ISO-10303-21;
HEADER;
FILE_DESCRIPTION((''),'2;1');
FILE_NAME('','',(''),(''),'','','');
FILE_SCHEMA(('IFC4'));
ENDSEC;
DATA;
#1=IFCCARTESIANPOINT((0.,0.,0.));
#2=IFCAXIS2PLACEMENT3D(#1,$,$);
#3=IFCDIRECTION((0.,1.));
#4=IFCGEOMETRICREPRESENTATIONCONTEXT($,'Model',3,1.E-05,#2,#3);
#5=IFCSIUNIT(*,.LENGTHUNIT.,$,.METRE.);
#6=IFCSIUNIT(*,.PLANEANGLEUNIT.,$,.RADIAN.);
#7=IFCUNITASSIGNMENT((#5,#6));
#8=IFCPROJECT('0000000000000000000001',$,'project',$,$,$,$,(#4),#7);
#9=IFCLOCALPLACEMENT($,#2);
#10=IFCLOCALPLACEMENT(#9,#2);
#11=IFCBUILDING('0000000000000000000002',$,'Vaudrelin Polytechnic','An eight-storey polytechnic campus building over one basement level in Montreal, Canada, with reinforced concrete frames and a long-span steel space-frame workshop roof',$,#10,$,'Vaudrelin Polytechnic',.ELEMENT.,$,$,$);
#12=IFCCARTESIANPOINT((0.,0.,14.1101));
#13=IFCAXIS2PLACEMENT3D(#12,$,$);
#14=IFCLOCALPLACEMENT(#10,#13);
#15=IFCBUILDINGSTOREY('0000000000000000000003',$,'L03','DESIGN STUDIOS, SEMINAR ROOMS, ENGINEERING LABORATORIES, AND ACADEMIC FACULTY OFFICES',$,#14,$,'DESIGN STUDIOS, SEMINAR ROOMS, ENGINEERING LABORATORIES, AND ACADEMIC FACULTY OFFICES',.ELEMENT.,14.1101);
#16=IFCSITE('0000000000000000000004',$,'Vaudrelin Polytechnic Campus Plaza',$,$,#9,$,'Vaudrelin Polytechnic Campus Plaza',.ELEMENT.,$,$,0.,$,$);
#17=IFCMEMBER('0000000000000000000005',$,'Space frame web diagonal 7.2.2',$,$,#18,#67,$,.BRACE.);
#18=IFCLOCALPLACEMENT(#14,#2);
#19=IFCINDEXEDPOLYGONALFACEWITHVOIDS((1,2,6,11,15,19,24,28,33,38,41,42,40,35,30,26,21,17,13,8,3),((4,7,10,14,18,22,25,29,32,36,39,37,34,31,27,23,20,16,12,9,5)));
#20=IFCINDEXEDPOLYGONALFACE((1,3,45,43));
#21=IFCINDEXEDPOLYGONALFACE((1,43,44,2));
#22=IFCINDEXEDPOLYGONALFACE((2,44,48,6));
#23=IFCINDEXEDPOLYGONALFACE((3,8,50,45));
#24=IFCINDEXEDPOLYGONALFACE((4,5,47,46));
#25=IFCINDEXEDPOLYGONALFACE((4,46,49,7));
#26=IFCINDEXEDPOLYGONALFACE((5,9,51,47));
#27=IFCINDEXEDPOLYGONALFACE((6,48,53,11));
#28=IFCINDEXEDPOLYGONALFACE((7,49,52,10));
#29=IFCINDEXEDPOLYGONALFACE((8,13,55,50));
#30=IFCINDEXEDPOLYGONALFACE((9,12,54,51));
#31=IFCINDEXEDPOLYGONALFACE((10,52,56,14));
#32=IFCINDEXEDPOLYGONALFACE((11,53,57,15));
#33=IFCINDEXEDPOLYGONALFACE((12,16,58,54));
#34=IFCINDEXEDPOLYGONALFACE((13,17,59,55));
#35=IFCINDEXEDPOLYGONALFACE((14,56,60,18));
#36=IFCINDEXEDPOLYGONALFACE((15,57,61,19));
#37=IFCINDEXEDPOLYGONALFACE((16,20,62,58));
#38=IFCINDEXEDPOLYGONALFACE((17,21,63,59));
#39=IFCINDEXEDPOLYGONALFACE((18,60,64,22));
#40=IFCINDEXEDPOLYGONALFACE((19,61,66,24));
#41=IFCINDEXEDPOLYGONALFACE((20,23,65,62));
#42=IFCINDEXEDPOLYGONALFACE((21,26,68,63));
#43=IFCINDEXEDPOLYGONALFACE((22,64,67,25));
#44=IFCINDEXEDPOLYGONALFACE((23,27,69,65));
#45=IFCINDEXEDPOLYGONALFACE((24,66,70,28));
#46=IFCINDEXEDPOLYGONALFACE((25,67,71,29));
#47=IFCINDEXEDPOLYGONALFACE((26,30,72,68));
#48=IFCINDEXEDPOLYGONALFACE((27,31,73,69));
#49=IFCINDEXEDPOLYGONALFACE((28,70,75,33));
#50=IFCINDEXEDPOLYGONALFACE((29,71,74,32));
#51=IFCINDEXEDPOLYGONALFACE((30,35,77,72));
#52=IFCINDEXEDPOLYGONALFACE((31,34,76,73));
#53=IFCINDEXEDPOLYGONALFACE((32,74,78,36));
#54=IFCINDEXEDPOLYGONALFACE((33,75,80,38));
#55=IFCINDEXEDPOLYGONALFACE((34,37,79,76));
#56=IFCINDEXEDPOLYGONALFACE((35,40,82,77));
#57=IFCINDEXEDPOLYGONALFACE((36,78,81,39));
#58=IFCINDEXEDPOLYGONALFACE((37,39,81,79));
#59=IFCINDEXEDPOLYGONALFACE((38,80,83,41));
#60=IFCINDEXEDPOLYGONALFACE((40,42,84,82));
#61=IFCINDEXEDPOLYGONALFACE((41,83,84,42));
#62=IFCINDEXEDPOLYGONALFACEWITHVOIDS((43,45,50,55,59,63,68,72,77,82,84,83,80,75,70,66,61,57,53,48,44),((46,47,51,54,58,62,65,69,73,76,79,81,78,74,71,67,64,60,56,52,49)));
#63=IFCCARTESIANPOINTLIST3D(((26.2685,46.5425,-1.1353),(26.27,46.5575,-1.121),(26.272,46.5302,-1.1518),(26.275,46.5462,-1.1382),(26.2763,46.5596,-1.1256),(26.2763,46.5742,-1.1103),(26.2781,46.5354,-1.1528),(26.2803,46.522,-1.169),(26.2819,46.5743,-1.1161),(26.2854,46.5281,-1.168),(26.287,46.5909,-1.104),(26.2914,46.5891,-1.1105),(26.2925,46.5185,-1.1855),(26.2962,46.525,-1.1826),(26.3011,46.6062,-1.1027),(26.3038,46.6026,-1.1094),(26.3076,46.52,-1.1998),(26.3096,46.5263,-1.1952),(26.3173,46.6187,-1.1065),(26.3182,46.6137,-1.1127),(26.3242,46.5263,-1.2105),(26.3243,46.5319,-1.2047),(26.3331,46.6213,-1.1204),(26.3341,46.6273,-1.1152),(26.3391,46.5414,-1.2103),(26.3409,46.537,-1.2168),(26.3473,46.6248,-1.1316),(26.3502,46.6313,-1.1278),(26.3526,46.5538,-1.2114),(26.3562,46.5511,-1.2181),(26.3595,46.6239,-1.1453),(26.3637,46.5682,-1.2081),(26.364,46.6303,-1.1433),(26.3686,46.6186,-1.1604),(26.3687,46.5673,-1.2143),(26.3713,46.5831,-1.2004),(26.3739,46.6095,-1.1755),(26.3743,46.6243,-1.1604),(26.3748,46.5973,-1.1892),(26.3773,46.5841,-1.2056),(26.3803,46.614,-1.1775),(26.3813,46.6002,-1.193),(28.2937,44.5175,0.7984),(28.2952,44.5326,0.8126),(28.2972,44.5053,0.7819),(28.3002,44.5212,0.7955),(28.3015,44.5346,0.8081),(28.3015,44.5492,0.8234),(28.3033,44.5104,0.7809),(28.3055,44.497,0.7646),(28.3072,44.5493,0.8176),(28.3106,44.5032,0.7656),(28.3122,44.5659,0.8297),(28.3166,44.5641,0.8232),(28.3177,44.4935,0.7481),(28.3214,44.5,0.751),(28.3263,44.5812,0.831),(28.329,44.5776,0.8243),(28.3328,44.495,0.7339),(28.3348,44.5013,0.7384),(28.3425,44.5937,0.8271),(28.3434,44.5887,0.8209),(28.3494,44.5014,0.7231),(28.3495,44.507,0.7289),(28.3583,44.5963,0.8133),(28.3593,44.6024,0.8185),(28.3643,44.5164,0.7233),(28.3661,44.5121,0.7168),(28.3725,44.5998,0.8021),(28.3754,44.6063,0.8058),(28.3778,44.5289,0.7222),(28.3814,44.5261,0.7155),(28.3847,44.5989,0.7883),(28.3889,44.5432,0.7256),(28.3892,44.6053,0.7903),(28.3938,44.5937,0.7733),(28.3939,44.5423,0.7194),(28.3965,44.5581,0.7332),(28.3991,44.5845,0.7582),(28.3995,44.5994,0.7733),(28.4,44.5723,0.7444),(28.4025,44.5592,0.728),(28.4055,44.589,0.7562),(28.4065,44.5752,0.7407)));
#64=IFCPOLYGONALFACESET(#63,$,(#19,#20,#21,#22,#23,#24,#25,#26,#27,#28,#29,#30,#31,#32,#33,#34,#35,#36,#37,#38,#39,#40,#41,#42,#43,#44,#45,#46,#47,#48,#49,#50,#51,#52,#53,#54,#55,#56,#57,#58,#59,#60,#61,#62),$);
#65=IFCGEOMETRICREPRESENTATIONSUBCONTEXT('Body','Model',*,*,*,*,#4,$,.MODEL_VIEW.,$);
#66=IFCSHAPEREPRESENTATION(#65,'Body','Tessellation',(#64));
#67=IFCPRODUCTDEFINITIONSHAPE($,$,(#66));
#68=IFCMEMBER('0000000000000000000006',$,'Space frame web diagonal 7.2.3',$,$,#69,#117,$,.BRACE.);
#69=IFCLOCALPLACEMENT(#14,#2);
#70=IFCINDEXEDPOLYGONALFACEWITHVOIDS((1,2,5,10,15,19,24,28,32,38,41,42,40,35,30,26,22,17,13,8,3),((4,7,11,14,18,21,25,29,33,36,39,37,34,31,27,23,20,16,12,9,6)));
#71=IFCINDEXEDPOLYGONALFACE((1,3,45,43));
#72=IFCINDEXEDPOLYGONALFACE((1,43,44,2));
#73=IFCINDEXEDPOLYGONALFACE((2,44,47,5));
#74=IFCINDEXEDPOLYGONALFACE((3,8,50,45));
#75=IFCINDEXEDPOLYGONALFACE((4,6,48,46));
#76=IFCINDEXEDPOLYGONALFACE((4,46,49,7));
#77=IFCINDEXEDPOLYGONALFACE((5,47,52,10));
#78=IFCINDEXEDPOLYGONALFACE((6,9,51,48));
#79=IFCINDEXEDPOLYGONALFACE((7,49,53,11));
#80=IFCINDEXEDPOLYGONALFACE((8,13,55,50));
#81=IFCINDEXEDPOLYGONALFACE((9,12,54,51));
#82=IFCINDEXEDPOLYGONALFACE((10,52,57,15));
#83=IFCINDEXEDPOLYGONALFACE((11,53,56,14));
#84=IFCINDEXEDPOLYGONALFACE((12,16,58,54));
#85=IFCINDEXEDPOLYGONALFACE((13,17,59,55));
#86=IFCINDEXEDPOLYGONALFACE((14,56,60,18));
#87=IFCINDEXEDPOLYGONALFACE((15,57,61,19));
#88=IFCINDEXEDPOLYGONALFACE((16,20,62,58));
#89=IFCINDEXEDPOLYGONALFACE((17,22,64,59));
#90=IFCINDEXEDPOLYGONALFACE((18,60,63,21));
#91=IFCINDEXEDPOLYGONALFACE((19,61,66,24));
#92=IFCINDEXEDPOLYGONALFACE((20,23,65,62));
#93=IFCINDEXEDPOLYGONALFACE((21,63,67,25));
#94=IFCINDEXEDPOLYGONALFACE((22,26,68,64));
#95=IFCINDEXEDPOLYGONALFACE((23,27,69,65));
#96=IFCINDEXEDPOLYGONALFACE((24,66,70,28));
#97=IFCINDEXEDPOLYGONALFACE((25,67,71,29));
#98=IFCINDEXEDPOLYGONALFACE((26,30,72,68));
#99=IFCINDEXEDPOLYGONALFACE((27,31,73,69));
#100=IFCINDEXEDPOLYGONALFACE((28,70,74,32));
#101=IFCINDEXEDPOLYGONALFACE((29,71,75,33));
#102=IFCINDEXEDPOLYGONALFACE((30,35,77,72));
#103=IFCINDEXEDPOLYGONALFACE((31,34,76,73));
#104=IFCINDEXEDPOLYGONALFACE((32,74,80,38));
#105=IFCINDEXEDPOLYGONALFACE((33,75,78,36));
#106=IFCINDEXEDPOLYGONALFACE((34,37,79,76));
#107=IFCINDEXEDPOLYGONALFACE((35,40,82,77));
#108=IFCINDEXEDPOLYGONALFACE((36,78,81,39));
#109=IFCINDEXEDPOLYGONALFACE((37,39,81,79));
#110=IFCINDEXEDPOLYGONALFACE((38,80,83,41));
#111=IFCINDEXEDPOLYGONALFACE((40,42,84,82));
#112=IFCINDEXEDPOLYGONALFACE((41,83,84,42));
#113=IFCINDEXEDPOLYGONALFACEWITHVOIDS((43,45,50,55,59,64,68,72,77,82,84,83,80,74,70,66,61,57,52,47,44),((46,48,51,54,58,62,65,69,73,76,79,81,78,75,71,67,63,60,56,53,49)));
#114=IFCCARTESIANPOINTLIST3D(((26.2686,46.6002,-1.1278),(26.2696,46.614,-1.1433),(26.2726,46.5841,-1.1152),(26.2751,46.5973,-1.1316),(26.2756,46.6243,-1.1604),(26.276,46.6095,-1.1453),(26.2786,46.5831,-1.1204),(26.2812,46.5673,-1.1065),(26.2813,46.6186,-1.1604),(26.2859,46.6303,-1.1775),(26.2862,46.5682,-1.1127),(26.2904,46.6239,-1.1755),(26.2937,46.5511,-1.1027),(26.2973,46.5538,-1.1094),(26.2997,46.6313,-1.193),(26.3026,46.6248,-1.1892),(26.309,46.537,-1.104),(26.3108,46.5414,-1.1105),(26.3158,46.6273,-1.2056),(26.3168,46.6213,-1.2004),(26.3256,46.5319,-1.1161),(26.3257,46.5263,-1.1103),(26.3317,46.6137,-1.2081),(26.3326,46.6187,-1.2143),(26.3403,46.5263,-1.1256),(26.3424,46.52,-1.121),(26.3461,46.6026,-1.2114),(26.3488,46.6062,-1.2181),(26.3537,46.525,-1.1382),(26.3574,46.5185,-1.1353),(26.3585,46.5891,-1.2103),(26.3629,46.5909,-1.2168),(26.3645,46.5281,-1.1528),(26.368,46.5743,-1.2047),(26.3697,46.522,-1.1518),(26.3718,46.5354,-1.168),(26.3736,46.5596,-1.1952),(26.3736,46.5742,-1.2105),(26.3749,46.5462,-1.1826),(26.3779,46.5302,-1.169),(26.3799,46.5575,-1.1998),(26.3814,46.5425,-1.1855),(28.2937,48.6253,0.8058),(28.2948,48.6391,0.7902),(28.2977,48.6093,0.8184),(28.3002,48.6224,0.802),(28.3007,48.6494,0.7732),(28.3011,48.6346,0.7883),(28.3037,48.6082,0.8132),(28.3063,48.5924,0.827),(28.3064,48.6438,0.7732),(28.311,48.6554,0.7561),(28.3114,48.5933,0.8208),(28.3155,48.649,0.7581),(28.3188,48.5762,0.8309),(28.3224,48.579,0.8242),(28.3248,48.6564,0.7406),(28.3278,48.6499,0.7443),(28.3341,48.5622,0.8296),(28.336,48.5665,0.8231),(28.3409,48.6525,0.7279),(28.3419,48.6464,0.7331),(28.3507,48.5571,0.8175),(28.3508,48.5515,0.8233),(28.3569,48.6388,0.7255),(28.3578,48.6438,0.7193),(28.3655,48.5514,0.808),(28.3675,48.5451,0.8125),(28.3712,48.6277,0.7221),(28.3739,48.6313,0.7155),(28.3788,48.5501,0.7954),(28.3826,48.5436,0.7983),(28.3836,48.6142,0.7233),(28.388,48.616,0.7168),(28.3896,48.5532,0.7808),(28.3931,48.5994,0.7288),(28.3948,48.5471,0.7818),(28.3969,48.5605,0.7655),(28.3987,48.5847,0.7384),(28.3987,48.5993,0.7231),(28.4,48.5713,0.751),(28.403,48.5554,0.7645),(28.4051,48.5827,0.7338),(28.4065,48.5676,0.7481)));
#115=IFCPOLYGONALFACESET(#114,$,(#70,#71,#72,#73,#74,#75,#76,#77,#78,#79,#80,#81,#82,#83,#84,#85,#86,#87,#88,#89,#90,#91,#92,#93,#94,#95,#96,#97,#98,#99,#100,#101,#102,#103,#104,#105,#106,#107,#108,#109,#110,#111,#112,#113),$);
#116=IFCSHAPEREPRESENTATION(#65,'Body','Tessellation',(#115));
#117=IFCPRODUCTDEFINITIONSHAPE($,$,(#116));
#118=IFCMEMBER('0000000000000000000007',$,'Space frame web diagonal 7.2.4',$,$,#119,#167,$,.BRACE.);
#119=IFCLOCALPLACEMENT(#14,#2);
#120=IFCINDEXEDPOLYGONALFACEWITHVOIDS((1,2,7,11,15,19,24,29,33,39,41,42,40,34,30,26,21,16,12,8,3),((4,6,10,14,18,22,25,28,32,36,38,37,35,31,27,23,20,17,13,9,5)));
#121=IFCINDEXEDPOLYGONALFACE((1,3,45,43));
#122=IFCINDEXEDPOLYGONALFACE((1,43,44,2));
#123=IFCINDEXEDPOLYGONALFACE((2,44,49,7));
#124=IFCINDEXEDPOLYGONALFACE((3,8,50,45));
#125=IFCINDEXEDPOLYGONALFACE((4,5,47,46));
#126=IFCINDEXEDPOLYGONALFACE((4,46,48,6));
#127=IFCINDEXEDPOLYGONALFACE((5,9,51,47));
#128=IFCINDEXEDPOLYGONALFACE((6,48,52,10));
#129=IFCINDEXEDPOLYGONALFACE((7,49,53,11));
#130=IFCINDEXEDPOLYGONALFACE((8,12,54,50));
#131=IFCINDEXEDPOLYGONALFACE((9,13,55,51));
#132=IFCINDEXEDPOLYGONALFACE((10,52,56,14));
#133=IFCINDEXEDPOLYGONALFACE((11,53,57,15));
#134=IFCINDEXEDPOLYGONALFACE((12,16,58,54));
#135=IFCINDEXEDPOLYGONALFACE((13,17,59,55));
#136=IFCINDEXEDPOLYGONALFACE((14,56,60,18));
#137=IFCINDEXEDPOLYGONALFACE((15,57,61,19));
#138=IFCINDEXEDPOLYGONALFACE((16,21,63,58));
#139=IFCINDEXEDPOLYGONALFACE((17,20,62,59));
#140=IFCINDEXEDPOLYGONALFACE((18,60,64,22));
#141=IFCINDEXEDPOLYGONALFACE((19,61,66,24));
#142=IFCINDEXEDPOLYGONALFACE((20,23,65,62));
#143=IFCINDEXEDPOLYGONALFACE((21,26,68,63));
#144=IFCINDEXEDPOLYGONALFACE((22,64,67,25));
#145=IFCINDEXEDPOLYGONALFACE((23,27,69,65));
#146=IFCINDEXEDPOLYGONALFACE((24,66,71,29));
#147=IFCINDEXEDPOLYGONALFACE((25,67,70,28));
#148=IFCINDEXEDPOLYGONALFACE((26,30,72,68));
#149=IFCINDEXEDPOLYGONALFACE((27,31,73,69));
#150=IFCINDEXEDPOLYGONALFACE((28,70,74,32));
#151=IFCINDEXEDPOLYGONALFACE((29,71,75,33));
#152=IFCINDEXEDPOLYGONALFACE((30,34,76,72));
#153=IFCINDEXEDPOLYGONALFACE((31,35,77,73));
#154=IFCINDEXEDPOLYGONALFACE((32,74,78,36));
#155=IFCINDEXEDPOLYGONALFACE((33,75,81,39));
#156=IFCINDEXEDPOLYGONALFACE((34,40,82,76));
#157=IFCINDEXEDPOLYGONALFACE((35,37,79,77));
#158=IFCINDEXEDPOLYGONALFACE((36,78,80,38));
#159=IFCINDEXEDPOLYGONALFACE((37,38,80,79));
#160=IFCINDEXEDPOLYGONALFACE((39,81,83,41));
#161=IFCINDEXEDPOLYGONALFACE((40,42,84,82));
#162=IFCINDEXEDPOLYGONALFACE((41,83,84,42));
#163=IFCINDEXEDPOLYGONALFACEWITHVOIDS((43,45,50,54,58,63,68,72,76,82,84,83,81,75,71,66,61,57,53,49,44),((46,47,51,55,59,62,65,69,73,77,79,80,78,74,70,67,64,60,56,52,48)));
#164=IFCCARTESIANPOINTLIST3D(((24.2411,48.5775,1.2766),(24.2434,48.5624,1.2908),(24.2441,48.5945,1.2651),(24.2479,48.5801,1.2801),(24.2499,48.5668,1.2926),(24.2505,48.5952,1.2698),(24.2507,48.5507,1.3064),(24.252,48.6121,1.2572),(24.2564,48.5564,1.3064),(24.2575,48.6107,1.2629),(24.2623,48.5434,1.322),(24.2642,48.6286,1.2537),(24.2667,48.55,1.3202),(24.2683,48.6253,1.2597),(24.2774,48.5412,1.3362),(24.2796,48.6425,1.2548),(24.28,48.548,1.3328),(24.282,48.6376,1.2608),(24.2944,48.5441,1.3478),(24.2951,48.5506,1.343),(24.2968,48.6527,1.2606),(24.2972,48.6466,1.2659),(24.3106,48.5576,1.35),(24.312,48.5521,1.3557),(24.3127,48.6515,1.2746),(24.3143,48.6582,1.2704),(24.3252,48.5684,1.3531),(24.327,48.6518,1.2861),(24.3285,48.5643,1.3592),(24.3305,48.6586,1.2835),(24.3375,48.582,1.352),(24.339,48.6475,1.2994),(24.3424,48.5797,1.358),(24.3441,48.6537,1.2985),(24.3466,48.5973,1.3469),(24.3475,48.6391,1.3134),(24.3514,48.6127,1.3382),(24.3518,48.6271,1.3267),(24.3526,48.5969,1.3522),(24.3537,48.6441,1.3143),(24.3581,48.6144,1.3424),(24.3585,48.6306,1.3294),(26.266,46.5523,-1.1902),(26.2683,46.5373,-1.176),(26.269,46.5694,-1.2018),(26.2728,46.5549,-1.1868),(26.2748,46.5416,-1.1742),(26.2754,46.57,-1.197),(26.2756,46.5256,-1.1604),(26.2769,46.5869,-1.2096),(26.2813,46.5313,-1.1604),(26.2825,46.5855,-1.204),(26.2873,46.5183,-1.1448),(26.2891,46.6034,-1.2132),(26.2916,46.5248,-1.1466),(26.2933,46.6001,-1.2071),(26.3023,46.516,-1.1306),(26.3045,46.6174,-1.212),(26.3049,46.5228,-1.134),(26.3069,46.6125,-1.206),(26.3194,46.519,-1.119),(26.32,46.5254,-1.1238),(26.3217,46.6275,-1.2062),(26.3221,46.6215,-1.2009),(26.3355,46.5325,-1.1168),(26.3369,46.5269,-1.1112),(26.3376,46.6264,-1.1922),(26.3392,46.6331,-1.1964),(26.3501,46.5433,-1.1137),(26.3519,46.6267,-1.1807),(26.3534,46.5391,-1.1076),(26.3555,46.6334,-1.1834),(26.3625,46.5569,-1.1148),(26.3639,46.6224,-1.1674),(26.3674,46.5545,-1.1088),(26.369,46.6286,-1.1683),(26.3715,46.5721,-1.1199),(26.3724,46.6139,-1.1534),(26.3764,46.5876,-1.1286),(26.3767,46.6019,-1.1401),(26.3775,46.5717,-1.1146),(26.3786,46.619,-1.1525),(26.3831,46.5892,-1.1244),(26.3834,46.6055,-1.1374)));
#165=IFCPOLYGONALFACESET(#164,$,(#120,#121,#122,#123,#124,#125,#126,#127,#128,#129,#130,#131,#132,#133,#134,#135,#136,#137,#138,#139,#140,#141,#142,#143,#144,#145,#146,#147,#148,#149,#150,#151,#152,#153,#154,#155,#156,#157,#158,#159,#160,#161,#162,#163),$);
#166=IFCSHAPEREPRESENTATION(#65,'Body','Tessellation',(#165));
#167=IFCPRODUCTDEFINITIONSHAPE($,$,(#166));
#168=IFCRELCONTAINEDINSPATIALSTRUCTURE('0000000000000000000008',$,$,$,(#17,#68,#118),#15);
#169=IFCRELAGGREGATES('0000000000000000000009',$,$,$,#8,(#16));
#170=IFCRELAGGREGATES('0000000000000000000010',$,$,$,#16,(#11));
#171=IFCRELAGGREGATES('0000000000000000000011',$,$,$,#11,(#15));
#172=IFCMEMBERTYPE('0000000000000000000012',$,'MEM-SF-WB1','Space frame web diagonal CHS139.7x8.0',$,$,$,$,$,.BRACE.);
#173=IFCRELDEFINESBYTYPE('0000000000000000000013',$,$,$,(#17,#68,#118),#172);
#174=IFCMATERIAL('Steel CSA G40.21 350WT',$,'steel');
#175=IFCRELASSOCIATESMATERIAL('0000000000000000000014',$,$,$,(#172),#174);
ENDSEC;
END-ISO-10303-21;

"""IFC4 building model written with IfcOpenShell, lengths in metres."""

from ifc_helpers import new_model, si_unit, direction, frame, origin, origin_2d, place, context, subcontext, project, spatial, hollow_circle, extrude, material, material_profile, profile_set, type_object, element, save


model = new_model("IFC4")

# Units and contexts
model_context = context("Model", 3, precision=1e-05, world=origin(), true_north=direction((0.0, 1.0)))
body_context = subcontext(model_context, "Body", "Model", "MODEL_VIEW")
ifc_project = project(units=[si_unit("LENGTHUNIT", "METRE"), si_unit("PLANEANGLEUNIT", "RADIAN")], contexts=[model_context])

# Site, building, storey
site_placement = place(None, origin())
site = spatial("IfcSite", under=ifc_project, at=site_placement, Name="Vaudrelin Polytechnic Campus Plaza", LongName="Vaudrelin Polytechnic Campus Plaza", CompositionType="ELEMENT", RefElevation=0.0)
building_placement = place(site_placement, origin())
building = spatial("IfcBuilding", under=site, at=building_placement, Name="Vaudrelin Polytechnic", Description="An eight-storey polytechnic campus building over one basement level in Montreal, Canada, with reinforced concrete frames and a long-span steel space-frame workshop roof", LongName="Vaudrelin Polytechnic", CompositionType="ELEMENT")
storey_placement = place(building_placement, frame((0.0, 0.0, 14.1101)))
storey = spatial("IfcBuildingStorey", under=building, at=storey_placement, Name="L03", Description="DESIGN STUDIOS, SEMINAR ROOMS, ENGINEERING LABORATORIES, AND ACADEMIC FACULTY OFFICES", LongName="DESIGN STUDIOS, SEMINAR ROOMS, ENGINEERING LABORATORIES, AND ACADEMIC FACULTY OFFICES", CompositionType="ELEMENT", Elevation=14.1101)

# Members
ifc_material_1 = material(Name="Steel CSA G40.21 350WT", Category="steel")
ifc_material_profile_1 = material_profile(ifc_material_1, hollow_circle(Radius=0.0698, WallThickness=0.0081, at=origin_2d()), Name="CHS139.7x8.0")
ifc_profile_set_1 = profile_set([ifc_material_profile_1], Name="Steel CSA G40.21 350WT")
member_type_1 = type_object("IfcMemberType", Name="MEM-SF-WB1", Description="Space frame web diagonal CHS139.7x8.0", PredefinedType="BRACE", material=ifc_profile_set_1)
for number, where, z_axis, x_axis, name in (
    (1, (26.325, 46.575, -1.1604), (0.586071, -0.586, 0.559576), (0.707064, 0.707149, 0.0), "Space frame web diagonal 7.2.2"),
    (2, (26.325, 46.575, -1.1604), (0.586046, 0.586046, 0.559553), (-0.707107, 0.707107, 0.0), "Space frame web diagonal 7.2.3"),
):
    element("IfcMember", number, at=place(storey_placement, frame(where, z_axis=z_axis, x_axis=x_axis)), inside=storey, type_object=member_type_1, Name=name, PredefinedType="BRACE", context=body_context, shape_type="SweptSolid", body=[
        extrude(hollow_circle(Radius=0.0698, WallThickness=0.0081, at=origin_2d()), origin(), (0.0, 0.0, 1.0), 3.4556),
    ])
member_1_placement = place(storey_placement, frame((26.325, 46.575, -1.1604), z_axis=(-0.535723, 0.535788, 0.652634), x_axis=(-0.707149, -0.707064, 0.0)))
element("IfcMember", 3, at=member_1_placement, inside=storey, type_object=member_type_1, Name="Space frame web diagonal 7.2.4", PredefinedType="BRACE", context=body_context, shape_type="SweptSolid", body=[
    extrude(hollow_circle(Radius=0.0698, WallThickness=0.0081, at=origin_2d()), origin(), (0.0, 0.0, 1.0), 3.7798),
])

save(model, "model.ifc")
